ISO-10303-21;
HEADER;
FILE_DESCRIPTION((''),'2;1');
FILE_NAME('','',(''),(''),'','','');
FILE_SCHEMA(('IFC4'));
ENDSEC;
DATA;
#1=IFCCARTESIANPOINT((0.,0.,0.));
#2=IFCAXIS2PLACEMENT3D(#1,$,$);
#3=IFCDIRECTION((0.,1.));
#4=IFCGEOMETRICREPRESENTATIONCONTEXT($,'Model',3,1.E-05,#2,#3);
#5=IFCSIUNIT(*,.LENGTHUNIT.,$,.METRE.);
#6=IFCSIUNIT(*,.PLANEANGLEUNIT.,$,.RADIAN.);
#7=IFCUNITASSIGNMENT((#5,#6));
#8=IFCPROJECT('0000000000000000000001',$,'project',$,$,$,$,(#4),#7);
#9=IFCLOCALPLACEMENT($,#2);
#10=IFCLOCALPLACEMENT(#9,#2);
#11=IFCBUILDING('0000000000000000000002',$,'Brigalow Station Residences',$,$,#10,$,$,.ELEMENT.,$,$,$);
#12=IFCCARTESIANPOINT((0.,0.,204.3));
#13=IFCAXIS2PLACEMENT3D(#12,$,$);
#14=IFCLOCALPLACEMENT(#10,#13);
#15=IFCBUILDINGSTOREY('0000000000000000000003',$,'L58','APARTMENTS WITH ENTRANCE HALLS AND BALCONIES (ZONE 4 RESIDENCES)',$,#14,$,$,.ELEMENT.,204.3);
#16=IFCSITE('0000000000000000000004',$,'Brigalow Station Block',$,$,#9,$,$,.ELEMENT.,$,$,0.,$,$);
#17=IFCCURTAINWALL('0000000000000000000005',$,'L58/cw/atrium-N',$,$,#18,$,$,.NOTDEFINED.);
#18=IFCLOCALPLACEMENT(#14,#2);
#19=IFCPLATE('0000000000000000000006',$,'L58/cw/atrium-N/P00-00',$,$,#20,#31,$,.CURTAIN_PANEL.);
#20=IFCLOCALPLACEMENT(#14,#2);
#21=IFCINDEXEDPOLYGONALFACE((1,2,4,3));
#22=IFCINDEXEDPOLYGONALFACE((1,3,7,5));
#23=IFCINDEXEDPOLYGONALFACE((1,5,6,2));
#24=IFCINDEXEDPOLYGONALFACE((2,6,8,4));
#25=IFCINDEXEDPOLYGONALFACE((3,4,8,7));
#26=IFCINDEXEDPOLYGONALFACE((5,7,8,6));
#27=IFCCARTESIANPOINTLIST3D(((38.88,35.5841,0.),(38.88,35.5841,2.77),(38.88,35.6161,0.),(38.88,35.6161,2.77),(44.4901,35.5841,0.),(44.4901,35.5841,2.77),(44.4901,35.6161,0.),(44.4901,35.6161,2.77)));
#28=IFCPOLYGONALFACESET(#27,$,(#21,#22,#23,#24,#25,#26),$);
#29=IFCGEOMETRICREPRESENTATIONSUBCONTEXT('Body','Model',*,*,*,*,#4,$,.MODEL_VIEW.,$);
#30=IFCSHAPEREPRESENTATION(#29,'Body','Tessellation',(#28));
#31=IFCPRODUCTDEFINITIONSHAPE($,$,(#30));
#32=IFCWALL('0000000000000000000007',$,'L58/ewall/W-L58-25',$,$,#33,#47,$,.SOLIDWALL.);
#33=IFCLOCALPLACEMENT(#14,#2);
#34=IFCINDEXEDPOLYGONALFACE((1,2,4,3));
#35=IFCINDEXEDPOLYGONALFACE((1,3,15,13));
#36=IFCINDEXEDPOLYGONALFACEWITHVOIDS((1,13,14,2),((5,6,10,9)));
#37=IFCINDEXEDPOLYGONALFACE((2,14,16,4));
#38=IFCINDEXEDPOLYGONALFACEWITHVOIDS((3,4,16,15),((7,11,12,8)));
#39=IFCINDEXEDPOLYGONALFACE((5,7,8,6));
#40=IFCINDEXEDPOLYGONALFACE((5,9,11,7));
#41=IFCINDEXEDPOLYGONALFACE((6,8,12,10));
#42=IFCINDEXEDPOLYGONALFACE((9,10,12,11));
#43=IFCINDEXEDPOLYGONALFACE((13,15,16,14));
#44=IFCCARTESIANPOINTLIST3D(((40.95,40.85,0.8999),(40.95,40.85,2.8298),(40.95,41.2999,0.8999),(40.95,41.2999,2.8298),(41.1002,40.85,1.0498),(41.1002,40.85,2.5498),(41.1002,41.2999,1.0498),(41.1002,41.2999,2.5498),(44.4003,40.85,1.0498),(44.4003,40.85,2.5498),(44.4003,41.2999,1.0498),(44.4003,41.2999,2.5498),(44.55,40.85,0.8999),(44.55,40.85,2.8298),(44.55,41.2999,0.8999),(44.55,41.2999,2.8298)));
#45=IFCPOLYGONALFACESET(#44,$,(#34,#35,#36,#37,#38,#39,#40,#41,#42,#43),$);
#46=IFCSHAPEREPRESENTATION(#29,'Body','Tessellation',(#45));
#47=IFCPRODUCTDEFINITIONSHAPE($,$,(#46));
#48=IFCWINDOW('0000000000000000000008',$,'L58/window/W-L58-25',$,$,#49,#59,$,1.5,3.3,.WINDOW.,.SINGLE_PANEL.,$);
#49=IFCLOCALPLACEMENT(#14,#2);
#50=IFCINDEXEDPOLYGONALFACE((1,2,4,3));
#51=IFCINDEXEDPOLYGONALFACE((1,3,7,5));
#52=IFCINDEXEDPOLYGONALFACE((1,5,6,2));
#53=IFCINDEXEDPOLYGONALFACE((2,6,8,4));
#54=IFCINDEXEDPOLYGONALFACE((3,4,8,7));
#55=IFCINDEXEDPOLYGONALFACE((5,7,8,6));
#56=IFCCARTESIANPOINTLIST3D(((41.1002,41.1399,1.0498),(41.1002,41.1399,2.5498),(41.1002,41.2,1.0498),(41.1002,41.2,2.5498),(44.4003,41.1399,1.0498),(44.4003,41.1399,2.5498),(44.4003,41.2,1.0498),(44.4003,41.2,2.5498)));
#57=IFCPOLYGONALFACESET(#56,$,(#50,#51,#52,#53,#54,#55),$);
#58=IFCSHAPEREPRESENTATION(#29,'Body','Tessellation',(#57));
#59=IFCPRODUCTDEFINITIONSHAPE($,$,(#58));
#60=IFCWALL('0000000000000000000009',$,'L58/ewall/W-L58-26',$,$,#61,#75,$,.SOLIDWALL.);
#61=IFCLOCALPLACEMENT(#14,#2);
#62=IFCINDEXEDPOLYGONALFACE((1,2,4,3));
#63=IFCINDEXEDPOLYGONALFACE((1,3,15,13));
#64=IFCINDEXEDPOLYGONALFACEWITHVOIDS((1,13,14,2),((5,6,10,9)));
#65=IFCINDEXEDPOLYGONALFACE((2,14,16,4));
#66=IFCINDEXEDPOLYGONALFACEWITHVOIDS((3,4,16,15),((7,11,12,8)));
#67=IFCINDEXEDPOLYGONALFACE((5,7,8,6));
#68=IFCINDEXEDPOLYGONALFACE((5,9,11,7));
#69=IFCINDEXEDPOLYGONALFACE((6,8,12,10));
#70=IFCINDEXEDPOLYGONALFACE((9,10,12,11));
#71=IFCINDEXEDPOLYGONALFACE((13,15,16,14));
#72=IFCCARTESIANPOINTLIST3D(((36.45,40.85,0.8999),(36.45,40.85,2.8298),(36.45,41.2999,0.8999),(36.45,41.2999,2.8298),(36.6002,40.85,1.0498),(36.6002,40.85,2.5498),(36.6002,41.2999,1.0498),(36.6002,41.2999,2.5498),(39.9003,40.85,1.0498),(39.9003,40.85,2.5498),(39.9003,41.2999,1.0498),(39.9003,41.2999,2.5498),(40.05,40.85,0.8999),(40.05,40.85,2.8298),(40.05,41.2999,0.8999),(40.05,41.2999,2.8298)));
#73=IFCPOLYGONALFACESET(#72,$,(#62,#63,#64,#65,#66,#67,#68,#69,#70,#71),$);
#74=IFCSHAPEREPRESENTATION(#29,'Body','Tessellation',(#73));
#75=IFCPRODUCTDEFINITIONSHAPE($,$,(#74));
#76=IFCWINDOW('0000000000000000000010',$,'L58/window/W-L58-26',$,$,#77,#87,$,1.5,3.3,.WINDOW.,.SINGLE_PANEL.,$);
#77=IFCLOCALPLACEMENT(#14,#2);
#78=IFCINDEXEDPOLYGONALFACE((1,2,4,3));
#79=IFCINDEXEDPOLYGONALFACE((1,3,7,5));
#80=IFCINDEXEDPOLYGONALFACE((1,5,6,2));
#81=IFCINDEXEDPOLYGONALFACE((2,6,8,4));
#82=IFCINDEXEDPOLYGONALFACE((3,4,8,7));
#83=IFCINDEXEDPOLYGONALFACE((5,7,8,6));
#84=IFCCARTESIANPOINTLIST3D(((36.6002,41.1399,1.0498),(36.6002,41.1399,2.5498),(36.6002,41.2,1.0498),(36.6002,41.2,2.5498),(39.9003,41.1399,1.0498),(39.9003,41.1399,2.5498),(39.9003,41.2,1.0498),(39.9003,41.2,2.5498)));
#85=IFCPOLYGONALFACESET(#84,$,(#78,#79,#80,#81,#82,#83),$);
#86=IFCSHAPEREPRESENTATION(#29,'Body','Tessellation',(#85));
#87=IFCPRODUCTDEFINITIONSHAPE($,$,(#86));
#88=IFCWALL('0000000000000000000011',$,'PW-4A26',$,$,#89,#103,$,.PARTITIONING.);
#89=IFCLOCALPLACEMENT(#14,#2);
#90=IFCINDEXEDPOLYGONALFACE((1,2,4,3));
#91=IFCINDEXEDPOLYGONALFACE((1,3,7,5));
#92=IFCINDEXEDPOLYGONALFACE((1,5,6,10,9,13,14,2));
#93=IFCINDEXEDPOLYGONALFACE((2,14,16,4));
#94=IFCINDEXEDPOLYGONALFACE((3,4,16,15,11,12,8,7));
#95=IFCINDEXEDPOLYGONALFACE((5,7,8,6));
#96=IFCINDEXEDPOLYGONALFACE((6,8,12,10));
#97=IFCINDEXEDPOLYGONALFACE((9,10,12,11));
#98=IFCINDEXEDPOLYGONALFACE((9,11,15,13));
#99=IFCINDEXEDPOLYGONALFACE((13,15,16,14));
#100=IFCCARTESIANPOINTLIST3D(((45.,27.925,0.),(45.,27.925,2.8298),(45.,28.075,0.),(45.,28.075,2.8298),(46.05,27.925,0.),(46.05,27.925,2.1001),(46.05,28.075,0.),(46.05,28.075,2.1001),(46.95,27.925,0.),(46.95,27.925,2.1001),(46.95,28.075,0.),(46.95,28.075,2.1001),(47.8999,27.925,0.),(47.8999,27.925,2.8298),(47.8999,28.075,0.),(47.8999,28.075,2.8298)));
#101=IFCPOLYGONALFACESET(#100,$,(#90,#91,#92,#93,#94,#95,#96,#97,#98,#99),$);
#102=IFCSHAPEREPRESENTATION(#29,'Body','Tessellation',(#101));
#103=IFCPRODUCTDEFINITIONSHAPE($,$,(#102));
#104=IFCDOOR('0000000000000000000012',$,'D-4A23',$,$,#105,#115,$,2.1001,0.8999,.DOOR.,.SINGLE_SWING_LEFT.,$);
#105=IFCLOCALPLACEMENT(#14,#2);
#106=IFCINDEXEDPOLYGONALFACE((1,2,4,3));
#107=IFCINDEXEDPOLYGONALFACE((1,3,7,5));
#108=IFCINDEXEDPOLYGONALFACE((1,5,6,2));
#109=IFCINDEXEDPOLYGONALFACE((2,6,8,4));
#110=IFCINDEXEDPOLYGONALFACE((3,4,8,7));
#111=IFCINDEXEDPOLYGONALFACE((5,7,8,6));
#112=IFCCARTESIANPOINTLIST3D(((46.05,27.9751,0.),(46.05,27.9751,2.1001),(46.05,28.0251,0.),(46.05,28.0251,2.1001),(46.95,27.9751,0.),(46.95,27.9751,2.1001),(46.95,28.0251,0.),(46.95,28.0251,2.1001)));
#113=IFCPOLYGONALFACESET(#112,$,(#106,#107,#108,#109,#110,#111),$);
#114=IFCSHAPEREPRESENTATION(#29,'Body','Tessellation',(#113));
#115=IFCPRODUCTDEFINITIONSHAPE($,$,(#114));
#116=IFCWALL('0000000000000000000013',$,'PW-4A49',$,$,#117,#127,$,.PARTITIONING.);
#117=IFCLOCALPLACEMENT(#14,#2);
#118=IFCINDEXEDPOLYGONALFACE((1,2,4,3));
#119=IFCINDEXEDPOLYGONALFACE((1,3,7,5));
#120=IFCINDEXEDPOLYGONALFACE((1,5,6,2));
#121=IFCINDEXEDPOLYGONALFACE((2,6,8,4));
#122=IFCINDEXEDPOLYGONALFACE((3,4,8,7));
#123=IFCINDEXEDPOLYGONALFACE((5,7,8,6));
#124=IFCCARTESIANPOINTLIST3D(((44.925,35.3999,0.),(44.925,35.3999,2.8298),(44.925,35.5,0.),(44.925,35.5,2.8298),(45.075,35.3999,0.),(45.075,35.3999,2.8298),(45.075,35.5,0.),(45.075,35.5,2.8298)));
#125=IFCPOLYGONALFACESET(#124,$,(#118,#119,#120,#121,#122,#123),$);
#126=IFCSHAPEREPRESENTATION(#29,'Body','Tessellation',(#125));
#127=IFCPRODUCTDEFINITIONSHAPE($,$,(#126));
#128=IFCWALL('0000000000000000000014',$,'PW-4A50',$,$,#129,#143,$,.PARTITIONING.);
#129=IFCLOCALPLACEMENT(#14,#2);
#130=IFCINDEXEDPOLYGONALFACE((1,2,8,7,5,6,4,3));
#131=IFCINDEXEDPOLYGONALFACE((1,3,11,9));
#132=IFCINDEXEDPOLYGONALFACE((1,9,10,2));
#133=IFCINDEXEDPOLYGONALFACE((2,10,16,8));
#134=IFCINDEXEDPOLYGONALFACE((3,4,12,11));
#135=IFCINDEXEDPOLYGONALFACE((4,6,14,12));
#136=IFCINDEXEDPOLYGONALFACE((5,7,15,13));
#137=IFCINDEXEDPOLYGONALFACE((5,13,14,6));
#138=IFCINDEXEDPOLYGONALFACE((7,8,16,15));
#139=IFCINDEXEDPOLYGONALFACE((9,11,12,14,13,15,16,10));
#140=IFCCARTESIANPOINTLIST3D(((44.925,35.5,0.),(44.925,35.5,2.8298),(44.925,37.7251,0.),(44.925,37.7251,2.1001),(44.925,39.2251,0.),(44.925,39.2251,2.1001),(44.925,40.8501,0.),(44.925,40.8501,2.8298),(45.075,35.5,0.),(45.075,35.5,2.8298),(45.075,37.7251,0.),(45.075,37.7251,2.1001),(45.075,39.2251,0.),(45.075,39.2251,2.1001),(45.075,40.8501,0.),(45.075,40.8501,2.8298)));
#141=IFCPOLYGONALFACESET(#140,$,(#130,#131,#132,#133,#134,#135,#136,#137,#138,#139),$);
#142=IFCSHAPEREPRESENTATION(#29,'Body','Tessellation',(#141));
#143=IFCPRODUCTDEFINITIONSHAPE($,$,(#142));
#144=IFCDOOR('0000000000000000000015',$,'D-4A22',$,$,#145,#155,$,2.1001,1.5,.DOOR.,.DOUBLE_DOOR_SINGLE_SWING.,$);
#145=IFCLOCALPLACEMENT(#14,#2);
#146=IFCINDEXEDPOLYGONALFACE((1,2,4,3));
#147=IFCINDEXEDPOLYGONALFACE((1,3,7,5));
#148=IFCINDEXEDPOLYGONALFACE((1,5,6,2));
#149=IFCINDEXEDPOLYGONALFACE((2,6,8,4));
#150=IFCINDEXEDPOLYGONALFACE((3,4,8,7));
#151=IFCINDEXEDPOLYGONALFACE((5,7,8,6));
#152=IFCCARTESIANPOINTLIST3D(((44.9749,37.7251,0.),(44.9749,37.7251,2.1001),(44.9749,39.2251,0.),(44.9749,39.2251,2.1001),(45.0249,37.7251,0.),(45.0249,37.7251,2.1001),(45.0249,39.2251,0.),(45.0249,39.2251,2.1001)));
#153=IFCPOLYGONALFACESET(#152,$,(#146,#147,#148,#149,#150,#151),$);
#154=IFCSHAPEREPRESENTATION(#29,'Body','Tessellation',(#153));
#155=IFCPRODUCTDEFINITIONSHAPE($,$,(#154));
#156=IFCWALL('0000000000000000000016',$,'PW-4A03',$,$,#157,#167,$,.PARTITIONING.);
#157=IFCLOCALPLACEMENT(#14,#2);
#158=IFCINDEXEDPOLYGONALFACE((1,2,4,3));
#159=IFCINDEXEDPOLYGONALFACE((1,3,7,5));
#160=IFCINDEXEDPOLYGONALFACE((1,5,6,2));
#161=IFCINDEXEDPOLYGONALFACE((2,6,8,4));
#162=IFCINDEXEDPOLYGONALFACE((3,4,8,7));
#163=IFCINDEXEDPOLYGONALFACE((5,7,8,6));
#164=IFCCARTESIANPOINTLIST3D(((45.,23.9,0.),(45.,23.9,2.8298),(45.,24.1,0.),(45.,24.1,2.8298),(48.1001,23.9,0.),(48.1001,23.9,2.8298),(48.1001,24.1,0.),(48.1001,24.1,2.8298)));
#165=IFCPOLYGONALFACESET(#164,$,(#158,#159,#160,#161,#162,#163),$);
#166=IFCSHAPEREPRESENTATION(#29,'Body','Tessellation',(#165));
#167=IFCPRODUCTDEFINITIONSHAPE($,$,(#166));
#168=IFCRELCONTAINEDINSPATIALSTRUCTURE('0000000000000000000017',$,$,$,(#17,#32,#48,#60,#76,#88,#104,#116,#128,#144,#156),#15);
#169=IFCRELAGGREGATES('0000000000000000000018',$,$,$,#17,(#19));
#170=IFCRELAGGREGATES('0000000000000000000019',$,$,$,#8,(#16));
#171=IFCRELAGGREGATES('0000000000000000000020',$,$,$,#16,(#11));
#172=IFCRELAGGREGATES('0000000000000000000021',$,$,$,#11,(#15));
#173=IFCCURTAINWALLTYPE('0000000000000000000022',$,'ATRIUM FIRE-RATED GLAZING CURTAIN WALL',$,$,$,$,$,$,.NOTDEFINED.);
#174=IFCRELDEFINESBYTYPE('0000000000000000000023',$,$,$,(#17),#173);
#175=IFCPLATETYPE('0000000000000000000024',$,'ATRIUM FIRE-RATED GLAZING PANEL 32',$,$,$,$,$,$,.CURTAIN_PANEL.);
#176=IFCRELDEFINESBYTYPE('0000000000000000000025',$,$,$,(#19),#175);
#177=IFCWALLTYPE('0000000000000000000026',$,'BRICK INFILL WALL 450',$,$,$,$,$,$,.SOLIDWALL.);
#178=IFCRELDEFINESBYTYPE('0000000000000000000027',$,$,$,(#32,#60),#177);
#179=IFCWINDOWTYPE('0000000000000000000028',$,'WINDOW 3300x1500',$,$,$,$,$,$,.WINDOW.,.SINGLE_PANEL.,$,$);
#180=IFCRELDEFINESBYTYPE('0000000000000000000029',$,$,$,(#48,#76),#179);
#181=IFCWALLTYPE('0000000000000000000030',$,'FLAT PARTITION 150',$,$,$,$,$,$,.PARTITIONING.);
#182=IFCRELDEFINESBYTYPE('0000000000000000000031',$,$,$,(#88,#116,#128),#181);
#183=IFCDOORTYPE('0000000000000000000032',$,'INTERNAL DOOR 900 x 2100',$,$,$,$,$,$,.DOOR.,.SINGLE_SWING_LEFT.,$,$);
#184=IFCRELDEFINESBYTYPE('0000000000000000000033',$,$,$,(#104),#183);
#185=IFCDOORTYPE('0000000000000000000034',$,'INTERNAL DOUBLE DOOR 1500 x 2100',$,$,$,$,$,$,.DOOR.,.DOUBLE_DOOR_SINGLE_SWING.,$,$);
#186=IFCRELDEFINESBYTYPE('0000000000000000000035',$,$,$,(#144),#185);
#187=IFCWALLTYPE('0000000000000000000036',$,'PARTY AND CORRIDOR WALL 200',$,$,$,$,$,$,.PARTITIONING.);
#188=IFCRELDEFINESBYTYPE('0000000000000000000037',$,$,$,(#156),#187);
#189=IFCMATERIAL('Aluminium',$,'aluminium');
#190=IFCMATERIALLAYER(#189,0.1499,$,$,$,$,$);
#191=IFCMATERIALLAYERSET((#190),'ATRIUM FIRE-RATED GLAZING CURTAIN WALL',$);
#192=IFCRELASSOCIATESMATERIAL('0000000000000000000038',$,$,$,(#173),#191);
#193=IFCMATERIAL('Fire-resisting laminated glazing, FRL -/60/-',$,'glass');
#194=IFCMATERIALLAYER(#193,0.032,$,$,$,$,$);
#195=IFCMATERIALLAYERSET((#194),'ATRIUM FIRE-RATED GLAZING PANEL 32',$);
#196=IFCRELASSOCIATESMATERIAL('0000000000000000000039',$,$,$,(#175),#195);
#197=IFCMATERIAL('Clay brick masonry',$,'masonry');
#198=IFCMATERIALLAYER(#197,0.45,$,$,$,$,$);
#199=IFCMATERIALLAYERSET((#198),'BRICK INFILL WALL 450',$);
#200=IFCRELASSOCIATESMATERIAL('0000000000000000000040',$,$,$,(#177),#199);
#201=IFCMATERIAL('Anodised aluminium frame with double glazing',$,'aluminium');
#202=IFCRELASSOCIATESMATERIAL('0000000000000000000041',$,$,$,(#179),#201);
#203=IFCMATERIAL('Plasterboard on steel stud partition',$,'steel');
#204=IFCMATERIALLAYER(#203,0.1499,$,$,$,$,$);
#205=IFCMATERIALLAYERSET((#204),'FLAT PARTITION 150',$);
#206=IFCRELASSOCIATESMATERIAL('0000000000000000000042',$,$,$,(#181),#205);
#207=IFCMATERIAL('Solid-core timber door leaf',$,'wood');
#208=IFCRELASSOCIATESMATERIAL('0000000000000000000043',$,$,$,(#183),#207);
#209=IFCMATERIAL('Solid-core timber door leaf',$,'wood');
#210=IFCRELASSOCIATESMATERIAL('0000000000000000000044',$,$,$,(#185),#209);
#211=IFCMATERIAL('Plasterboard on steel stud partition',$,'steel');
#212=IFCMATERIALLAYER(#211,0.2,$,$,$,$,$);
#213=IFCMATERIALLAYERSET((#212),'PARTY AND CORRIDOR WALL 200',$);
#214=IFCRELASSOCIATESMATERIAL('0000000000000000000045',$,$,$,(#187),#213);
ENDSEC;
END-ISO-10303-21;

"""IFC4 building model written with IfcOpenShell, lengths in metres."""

from ifc_helpers import new_model, si_unit, direction, frame, frame_2d, origin, origin_2d, place, context, subcontext, project, spatial, rectangle, extrude, material, layer, layer_set, type_object, element, fill, aggregate, save


model = new_model("IFC4")

# Units and contexts
model_context = context("Model", 3, precision=1e-05, world=origin(), true_north=direction((0.0, 1.0)))
body_context = subcontext(model_context, "Body", "Model", "MODEL_VIEW")
ifc_project = project(units=[si_unit("LENGTHUNIT", "METRE"), si_unit("PLANEANGLEUNIT", "RADIAN")], contexts=[model_context])

# Site, building, storey
site_placement = place(None, origin())
site = spatial("IfcSite", under=ifc_project, at=site_placement, Name="Brigalow Station Block", CompositionType="ELEMENT", RefElevation=0.0)
building_placement = place(site_placement, origin())
building = spatial("IfcBuilding", under=site, at=building_placement, Name="Brigalow Station Residences", CompositionType="ELEMENT")
storey_placement = place(building_placement, frame((0.0, 0.0, 204.3)))
storey = spatial("IfcBuildingStorey", under=building, at=storey_placement, Name="L58", Description="APARTMENTS WITH ENTRANCE HALLS AND BALCONIES (ZONE 4 RESIDENCES)", CompositionType="ELEMENT", Elevation=204.3)

# Curtain wall
ifc_material_1 = material(Name="Aluminium", Category="aluminium")
ifc_layer_1 = layer(ifc_material_1, 0.1499)
ifc_layer_set_1 = layer_set([ifc_layer_1], Name="ATRIUM FIRE-RATED GLAZING CURTAIN WALL")
curtain_wall_type = type_object("IfcCurtainWallType", Name="ATRIUM FIRE-RATED GLAZING CURTAIN WALL", PredefinedType="NOTDEFINED", material=ifc_layer_set_1)
curtain_wall_1_placement = place(storey_placement, origin())
curtain_wall_1 = element("IfcCurtainWall", 1, at=curtain_wall_1_placement, inside=storey, type_object=curtain_wall_type, Name="L58/cw/atrium-N", PredefinedType="NOTDEFINED")

# Plate
ifc_material_2 = material(Name="Fire-resisting laminated glazing, FRL -/60/-", Category="glass")
ifc_layer_2 = layer(ifc_material_2, 0.032)
ifc_layer_set_2 = layer_set([ifc_layer_2], Name="ATRIUM FIRE-RATED GLAZING PANEL 32")
plate_type = type_object("IfcPlateType", Name="ATRIUM FIRE-RATED GLAZING PANEL 32", PredefinedType="CURTAIN_PANEL", material=ifc_layer_set_2)
plate_1_placement = place(storey_placement, frame((41.6851, 35.6001, 0.0), z_axis=(0.0, 0.0, 1.0), x_axis=(-1.0, 0.0, 0.0)))
plate_1 = element("IfcPlate", 2, at=plate_1_placement, type_object=plate_type, Name="L58/cw/atrium-N/P00-00", PredefinedType="CURTAIN_PANEL", context=body_context, shape_type="SweptSolid", body=[
    extrude(rectangle(XDim=5.6101, YDim=0.032, at=origin_2d()), origin(), (0.0, 0.0, 1.0), 2.77),
])
aggregate(curtain_wall_1, [plate_1])

# Walls, openings, windows
ifc_material_3 = material(Name="Clay brick masonry", Category="masonry")
ifc_layer_3 = layer(ifc_material_3, 0.45)
ifc_layer_set_3 = layer_set([ifc_layer_3], Name="BRICK INFILL WALL 450")
wall_type_1 = type_object("IfcWallType", Name="BRICK INFILL WALL 450", PredefinedType="SOLIDWALL", material=ifc_layer_set_3)
wall_1_placement = place(storey_placement, frame((44.55, 41.075, 0.8999), z_axis=(0.0, 0.0, 1.0), x_axis=(-1.0, 0.0, 0.0)))
wall_1 = element("IfcWall", 3, at=wall_1_placement, inside=storey, type_object=wall_type_1, Name="L58/ewall/W-L58-25", PredefinedType="SOLIDWALL", context=body_context, shape_type="SweptSolid", body=[
    extrude(rectangle(XDim=3.6001, YDim=0.45, at=frame_2d((1.8, 0.0))), origin(), (0.0, 0.0, 1.0), 1.9299),
])
opening_1_placement = place(wall_1_placement, frame((0.1499, 0.0, 0.1499)))
opening_1 = element("IfcOpeningElement", 4, at=opening_1_placement, cuts=wall_1, PredefinedType="OPENING", context=body_context, shape_type="SweptSolid", body=[
    extrude(rectangle(XDim=3.3, YDim=1.5, at=frame_2d((1.6499, 0.75))), frame((0.0, 0.2349, 0.0), z_axis=(0.0, -1.0, 0.0), x_axis=(1.0, 0.0, 0.0)), (0.0, 0.0, 1.0), 0.47),
])
ifc_material_4 = material(Name="Anodised aluminium frame with double glazing", Category="aluminium")
window_type = type_object("IfcWindowType", Name="WINDOW 3300x1500", PartitioningType="SINGLE_PANEL", PredefinedType="WINDOW", material=ifc_material_4)
window_1_placement = place(opening_1_placement, origin())
window_1 = element("IfcWindow", 5, at=window_1_placement, inside=storey, type_object=window_type, Name="L58/window/W-L58-25", OverallHeight=1.5, OverallWidth=3.3, PartitioningType="SINGLE_PANEL", PredefinedType="WINDOW", context=body_context, shape_type="SweptSolid", body=[
    extrude(rectangle(XDim=3.3, YDim=1.5, at=frame_2d((1.6499, 0.75))), frame((0.0, -0.0649, 0.0), z_axis=(0.0, -1.0, 0.0), x_axis=(1.0, 0.0, 0.0)), (0.0, 0.0, 1.0), 0.0601),
])
fill(opening_1, window_1)
wall_2_placement = place(storey_placement, frame((40.05, 41.075, 0.8999), z_axis=(0.0, 0.0, 1.0), x_axis=(-1.0, 0.0, 0.0)))
wall_2 = element("IfcWall", 6, at=wall_2_placement, inside=storey, type_object=wall_type_1, Name="L58/ewall/W-L58-26", PredefinedType="SOLIDWALL", context=body_context, shape_type="SweptSolid", body=[
    extrude(rectangle(XDim=3.6001, YDim=0.45, at=frame_2d((1.8, 0.0))), origin(), (0.0, 0.0, 1.0), 1.9299),
])
opening_2_placement = place(wall_2_placement, frame((0.1499, 0.0, 0.1499)))
opening_2 = element("IfcOpeningElement", 7, at=opening_2_placement, cuts=wall_2, PredefinedType="OPENING", context=body_context, shape_type="SweptSolid", body=[
    extrude(rectangle(XDim=3.3, YDim=1.5, at=frame_2d((1.6499, 0.75))), frame((0.0, 0.2349, 0.0), z_axis=(0.0, -1.0, 0.0), x_axis=(1.0, 0.0, 0.0)), (0.0, 0.0, 1.0), 0.47),
])
window_2_placement = place(opening_2_placement, origin())
window_2 = element("IfcWindow", 8, at=window_2_placement, inside=storey, type_object=window_type, Name="L58/window/W-L58-26", OverallHeight=1.5, OverallWidth=3.3, PartitioningType="SINGLE_PANEL", PredefinedType="WINDOW", context=body_context, shape_type="SweptSolid", body=[
    extrude(rectangle(XDim=3.3, YDim=1.5, at=frame_2d((1.6499, 0.75))), frame((0.0, -0.0649, 0.0), z_axis=(0.0, -1.0, 0.0), x_axis=(1.0, 0.0, 0.0)), (0.0, 0.0, 1.0), 0.0601),
])
fill(opening_2, window_2)

# Wall, opening, door
ifc_material_5 = material(Name="Plasterboard on steel stud partition", Category="steel")
ifc_layer_4 = layer(ifc_material_5, 0.1499)
ifc_layer_set_4 = layer_set([ifc_layer_4], Name="FLAT PARTITION 150")
wall_type_2 = type_object("IfcWallType", Name="FLAT PARTITION 150", PredefinedType="PARTITIONING", material=ifc_layer_set_4)
wall_3_placement = place(storey_placement, frame((45.0, 28.0, 0.0), z_axis=(0.0, 0.0, 1.0), x_axis=(1.0, 0.0, 0.0)))
wall_3 = element("IfcWall", 9, at=wall_3_placement, inside=storey, type_object=wall_type_2, Name="PW-4A26", PredefinedType="PARTITIONING", context=body_context, shape_type="SweptSolid", body=[
    extrude(rectangle(XDim=2.8999, YDim=0.1499, at=frame_2d((1.45, 0.0))), origin(), (0.0, 0.0, 1.0), 2.8298),
])
opening_3_placement = place(wall_3_placement, frame((1.05, 0.0, 0.0)))
opening_3 = element("IfcOpeningElement", 10, at=opening_3_placement, cuts=wall_3, PredefinedType="OPENING", context=body_context, shape_type="SweptSolid", body=[
    extrude(rectangle(XDim=0.8999, YDim=2.1001, at=frame_2d((0.45, 1.05))), frame((0.0, 0.085, 0.0), z_axis=(0.0, -1.0, 0.0), x_axis=(1.0, 0.0, 0.0)), (0.0, 0.0, 1.0), 0.1699),
])
ifc_material_6 = material(Name="Solid-core timber door leaf", Category="wood")
door_type_1 = type_object("IfcDoorType", Name="INTERNAL DOOR 900 x 2100", OperationType="SINGLE_SWING_LEFT", PredefinedType="DOOR", material=ifc_material_6)
door_1_placement = place(opening_3_placement, frame((0.8999, 0.0, 0.0), z_axis=(0.0, 0.0, 1.0), x_axis=(-1.0, 0.0, 0.0)))
door_1 = element("IfcDoor", 11, at=door_1_placement, inside=storey, type_object=door_type_1, Name="D-4A23", OperationType="SINGLE_SWING_LEFT", OverallHeight=2.1001, OverallWidth=0.8999, PredefinedType="DOOR", context=body_context, shape_type="SweptSolid", body=[
    extrude(rectangle(XDim=0.8999, YDim=2.1001, at=frame_2d((0.45, 1.05))), frame((0.0, 0.0249, 0.0), z_axis=(0.0, -1.0, 0.0), x_axis=(1.0, 0.0, 0.0)), (0.0, 0.0, 1.0), 0.05),
])
fill(opening_3, door_1)

# Wall
wall_4_placement = place(storey_placement, frame((45.0, 35.3999, 0.0), z_axis=(0.0, 0.0, 1.0), x_axis=(0.0, 1.0, 0.0)))
element("IfcWall", 12, at=wall_4_placement, inside=storey, type_object=wall_type_2, Name="PW-4A49", PredefinedType="PARTITIONING", context=body_context, shape_type="SweptSolid", body=[
    extrude(rectangle(XDim=0.1001, YDim=0.1499, at=frame_2d((0.05, 0.0))), origin(), (0.0, 0.0, 1.0), 2.8298),
])

# Wall, opening, door
wall_5_placement = place(storey_placement, frame((45.0, 35.5, 0.0), z_axis=(0.0, 0.0, 1.0), x_axis=(0.0, 1.0, 0.0)))
wall_5 = element("IfcWall", 13, at=wall_5_placement, inside=storey, type_object=wall_type_2, Name="PW-4A50", PredefinedType="PARTITIONING", context=body_context, shape_type="SweptSolid", body=[
    extrude(rectangle(XDim=5.3501, YDim=0.1499, at=frame_2d((2.675, 0.0))), origin(), (0.0, 0.0, 1.0), 2.8298),
])
opening_4_placement = place(wall_5_placement, frame((2.2251, 0.0, 0.0)))
opening_4 = element("IfcOpeningElement", 14, at=opening_4_placement, cuts=wall_5, PredefinedType="OPENING", context=body_context, shape_type="SweptSolid", body=[
    extrude(rectangle(XDim=1.5, YDim=2.1001, at=frame_2d((0.75, 1.05))), frame((0.0, 0.085, 0.0), z_axis=(0.0, -1.0, 0.0), x_axis=(1.0, 0.0, 0.0)), (0.0, 0.0, 1.0), 0.1699),
])
ifc_material_7 = material(Name="Solid-core timber door leaf", Category="wood")
door_type_2 = type_object("IfcDoorType", Name="INTERNAL DOUBLE DOOR 1500 x 2100", OperationType="DOUBLE_DOOR_SINGLE_SWING", PredefinedType="DOOR", material=ifc_material_7)
door_2_placement = place(opening_4_placement, frame((1.5, 0.0, 0.0), z_axis=(0.0, 0.0, 1.0), x_axis=(-1.0, 0.0, 0.0)))
door_2 = element("IfcDoor", 15, at=door_2_placement, inside=storey, type_object=door_type_2, Name="D-4A22", OperationType="DOUBLE_DOOR_SINGLE_SWING", OverallHeight=2.1001, OverallWidth=1.5, PredefinedType="DOOR", context=body_context, shape_type="SweptSolid", body=[
    extrude(rectangle(XDim=1.5, YDim=2.1001, at=frame_2d((0.75, 1.05))), frame((0.0, 0.0249, 0.0), z_axis=(0.0, -1.0, 0.0), x_axis=(1.0, 0.0, 0.0)), (0.0, 0.0, 1.0), 0.05),
])
fill(opening_4, door_2)

# Wall
ifc_material_8 = material(Name="Plasterboard on steel stud partition", Category="steel")
ifc_layer_5 = layer(ifc_material_8, 0.2)
ifc_layer_set_5 = layer_set([ifc_layer_5], Name="PARTY AND CORRIDOR WALL 200")
wall_type_3 = type_object("IfcWallType", Name="PARTY AND CORRIDOR WALL 200", PredefinedType="PARTITIONING", material=ifc_layer_set_5)
wall_6_placement = place(storey_placement, frame((45.0, 24.0, 0.0), z_axis=(0.0, 0.0, 1.0), x_axis=(1.0, 0.0, 0.0)))
element("IfcWall", 16, at=wall_6_placement, inside=storey, type_object=wall_type_3, Name="PW-4A03", PredefinedType="PARTITIONING", context=body_context, shape_type="SweptSolid", body=[
    extrude(rectangle(XDim=3.1001, YDim=0.2, at=frame_2d((1.55, 0.0))), origin(), (0.0, 0.0, 1.0), 2.8298),
])

save(model, "model.ifc")
